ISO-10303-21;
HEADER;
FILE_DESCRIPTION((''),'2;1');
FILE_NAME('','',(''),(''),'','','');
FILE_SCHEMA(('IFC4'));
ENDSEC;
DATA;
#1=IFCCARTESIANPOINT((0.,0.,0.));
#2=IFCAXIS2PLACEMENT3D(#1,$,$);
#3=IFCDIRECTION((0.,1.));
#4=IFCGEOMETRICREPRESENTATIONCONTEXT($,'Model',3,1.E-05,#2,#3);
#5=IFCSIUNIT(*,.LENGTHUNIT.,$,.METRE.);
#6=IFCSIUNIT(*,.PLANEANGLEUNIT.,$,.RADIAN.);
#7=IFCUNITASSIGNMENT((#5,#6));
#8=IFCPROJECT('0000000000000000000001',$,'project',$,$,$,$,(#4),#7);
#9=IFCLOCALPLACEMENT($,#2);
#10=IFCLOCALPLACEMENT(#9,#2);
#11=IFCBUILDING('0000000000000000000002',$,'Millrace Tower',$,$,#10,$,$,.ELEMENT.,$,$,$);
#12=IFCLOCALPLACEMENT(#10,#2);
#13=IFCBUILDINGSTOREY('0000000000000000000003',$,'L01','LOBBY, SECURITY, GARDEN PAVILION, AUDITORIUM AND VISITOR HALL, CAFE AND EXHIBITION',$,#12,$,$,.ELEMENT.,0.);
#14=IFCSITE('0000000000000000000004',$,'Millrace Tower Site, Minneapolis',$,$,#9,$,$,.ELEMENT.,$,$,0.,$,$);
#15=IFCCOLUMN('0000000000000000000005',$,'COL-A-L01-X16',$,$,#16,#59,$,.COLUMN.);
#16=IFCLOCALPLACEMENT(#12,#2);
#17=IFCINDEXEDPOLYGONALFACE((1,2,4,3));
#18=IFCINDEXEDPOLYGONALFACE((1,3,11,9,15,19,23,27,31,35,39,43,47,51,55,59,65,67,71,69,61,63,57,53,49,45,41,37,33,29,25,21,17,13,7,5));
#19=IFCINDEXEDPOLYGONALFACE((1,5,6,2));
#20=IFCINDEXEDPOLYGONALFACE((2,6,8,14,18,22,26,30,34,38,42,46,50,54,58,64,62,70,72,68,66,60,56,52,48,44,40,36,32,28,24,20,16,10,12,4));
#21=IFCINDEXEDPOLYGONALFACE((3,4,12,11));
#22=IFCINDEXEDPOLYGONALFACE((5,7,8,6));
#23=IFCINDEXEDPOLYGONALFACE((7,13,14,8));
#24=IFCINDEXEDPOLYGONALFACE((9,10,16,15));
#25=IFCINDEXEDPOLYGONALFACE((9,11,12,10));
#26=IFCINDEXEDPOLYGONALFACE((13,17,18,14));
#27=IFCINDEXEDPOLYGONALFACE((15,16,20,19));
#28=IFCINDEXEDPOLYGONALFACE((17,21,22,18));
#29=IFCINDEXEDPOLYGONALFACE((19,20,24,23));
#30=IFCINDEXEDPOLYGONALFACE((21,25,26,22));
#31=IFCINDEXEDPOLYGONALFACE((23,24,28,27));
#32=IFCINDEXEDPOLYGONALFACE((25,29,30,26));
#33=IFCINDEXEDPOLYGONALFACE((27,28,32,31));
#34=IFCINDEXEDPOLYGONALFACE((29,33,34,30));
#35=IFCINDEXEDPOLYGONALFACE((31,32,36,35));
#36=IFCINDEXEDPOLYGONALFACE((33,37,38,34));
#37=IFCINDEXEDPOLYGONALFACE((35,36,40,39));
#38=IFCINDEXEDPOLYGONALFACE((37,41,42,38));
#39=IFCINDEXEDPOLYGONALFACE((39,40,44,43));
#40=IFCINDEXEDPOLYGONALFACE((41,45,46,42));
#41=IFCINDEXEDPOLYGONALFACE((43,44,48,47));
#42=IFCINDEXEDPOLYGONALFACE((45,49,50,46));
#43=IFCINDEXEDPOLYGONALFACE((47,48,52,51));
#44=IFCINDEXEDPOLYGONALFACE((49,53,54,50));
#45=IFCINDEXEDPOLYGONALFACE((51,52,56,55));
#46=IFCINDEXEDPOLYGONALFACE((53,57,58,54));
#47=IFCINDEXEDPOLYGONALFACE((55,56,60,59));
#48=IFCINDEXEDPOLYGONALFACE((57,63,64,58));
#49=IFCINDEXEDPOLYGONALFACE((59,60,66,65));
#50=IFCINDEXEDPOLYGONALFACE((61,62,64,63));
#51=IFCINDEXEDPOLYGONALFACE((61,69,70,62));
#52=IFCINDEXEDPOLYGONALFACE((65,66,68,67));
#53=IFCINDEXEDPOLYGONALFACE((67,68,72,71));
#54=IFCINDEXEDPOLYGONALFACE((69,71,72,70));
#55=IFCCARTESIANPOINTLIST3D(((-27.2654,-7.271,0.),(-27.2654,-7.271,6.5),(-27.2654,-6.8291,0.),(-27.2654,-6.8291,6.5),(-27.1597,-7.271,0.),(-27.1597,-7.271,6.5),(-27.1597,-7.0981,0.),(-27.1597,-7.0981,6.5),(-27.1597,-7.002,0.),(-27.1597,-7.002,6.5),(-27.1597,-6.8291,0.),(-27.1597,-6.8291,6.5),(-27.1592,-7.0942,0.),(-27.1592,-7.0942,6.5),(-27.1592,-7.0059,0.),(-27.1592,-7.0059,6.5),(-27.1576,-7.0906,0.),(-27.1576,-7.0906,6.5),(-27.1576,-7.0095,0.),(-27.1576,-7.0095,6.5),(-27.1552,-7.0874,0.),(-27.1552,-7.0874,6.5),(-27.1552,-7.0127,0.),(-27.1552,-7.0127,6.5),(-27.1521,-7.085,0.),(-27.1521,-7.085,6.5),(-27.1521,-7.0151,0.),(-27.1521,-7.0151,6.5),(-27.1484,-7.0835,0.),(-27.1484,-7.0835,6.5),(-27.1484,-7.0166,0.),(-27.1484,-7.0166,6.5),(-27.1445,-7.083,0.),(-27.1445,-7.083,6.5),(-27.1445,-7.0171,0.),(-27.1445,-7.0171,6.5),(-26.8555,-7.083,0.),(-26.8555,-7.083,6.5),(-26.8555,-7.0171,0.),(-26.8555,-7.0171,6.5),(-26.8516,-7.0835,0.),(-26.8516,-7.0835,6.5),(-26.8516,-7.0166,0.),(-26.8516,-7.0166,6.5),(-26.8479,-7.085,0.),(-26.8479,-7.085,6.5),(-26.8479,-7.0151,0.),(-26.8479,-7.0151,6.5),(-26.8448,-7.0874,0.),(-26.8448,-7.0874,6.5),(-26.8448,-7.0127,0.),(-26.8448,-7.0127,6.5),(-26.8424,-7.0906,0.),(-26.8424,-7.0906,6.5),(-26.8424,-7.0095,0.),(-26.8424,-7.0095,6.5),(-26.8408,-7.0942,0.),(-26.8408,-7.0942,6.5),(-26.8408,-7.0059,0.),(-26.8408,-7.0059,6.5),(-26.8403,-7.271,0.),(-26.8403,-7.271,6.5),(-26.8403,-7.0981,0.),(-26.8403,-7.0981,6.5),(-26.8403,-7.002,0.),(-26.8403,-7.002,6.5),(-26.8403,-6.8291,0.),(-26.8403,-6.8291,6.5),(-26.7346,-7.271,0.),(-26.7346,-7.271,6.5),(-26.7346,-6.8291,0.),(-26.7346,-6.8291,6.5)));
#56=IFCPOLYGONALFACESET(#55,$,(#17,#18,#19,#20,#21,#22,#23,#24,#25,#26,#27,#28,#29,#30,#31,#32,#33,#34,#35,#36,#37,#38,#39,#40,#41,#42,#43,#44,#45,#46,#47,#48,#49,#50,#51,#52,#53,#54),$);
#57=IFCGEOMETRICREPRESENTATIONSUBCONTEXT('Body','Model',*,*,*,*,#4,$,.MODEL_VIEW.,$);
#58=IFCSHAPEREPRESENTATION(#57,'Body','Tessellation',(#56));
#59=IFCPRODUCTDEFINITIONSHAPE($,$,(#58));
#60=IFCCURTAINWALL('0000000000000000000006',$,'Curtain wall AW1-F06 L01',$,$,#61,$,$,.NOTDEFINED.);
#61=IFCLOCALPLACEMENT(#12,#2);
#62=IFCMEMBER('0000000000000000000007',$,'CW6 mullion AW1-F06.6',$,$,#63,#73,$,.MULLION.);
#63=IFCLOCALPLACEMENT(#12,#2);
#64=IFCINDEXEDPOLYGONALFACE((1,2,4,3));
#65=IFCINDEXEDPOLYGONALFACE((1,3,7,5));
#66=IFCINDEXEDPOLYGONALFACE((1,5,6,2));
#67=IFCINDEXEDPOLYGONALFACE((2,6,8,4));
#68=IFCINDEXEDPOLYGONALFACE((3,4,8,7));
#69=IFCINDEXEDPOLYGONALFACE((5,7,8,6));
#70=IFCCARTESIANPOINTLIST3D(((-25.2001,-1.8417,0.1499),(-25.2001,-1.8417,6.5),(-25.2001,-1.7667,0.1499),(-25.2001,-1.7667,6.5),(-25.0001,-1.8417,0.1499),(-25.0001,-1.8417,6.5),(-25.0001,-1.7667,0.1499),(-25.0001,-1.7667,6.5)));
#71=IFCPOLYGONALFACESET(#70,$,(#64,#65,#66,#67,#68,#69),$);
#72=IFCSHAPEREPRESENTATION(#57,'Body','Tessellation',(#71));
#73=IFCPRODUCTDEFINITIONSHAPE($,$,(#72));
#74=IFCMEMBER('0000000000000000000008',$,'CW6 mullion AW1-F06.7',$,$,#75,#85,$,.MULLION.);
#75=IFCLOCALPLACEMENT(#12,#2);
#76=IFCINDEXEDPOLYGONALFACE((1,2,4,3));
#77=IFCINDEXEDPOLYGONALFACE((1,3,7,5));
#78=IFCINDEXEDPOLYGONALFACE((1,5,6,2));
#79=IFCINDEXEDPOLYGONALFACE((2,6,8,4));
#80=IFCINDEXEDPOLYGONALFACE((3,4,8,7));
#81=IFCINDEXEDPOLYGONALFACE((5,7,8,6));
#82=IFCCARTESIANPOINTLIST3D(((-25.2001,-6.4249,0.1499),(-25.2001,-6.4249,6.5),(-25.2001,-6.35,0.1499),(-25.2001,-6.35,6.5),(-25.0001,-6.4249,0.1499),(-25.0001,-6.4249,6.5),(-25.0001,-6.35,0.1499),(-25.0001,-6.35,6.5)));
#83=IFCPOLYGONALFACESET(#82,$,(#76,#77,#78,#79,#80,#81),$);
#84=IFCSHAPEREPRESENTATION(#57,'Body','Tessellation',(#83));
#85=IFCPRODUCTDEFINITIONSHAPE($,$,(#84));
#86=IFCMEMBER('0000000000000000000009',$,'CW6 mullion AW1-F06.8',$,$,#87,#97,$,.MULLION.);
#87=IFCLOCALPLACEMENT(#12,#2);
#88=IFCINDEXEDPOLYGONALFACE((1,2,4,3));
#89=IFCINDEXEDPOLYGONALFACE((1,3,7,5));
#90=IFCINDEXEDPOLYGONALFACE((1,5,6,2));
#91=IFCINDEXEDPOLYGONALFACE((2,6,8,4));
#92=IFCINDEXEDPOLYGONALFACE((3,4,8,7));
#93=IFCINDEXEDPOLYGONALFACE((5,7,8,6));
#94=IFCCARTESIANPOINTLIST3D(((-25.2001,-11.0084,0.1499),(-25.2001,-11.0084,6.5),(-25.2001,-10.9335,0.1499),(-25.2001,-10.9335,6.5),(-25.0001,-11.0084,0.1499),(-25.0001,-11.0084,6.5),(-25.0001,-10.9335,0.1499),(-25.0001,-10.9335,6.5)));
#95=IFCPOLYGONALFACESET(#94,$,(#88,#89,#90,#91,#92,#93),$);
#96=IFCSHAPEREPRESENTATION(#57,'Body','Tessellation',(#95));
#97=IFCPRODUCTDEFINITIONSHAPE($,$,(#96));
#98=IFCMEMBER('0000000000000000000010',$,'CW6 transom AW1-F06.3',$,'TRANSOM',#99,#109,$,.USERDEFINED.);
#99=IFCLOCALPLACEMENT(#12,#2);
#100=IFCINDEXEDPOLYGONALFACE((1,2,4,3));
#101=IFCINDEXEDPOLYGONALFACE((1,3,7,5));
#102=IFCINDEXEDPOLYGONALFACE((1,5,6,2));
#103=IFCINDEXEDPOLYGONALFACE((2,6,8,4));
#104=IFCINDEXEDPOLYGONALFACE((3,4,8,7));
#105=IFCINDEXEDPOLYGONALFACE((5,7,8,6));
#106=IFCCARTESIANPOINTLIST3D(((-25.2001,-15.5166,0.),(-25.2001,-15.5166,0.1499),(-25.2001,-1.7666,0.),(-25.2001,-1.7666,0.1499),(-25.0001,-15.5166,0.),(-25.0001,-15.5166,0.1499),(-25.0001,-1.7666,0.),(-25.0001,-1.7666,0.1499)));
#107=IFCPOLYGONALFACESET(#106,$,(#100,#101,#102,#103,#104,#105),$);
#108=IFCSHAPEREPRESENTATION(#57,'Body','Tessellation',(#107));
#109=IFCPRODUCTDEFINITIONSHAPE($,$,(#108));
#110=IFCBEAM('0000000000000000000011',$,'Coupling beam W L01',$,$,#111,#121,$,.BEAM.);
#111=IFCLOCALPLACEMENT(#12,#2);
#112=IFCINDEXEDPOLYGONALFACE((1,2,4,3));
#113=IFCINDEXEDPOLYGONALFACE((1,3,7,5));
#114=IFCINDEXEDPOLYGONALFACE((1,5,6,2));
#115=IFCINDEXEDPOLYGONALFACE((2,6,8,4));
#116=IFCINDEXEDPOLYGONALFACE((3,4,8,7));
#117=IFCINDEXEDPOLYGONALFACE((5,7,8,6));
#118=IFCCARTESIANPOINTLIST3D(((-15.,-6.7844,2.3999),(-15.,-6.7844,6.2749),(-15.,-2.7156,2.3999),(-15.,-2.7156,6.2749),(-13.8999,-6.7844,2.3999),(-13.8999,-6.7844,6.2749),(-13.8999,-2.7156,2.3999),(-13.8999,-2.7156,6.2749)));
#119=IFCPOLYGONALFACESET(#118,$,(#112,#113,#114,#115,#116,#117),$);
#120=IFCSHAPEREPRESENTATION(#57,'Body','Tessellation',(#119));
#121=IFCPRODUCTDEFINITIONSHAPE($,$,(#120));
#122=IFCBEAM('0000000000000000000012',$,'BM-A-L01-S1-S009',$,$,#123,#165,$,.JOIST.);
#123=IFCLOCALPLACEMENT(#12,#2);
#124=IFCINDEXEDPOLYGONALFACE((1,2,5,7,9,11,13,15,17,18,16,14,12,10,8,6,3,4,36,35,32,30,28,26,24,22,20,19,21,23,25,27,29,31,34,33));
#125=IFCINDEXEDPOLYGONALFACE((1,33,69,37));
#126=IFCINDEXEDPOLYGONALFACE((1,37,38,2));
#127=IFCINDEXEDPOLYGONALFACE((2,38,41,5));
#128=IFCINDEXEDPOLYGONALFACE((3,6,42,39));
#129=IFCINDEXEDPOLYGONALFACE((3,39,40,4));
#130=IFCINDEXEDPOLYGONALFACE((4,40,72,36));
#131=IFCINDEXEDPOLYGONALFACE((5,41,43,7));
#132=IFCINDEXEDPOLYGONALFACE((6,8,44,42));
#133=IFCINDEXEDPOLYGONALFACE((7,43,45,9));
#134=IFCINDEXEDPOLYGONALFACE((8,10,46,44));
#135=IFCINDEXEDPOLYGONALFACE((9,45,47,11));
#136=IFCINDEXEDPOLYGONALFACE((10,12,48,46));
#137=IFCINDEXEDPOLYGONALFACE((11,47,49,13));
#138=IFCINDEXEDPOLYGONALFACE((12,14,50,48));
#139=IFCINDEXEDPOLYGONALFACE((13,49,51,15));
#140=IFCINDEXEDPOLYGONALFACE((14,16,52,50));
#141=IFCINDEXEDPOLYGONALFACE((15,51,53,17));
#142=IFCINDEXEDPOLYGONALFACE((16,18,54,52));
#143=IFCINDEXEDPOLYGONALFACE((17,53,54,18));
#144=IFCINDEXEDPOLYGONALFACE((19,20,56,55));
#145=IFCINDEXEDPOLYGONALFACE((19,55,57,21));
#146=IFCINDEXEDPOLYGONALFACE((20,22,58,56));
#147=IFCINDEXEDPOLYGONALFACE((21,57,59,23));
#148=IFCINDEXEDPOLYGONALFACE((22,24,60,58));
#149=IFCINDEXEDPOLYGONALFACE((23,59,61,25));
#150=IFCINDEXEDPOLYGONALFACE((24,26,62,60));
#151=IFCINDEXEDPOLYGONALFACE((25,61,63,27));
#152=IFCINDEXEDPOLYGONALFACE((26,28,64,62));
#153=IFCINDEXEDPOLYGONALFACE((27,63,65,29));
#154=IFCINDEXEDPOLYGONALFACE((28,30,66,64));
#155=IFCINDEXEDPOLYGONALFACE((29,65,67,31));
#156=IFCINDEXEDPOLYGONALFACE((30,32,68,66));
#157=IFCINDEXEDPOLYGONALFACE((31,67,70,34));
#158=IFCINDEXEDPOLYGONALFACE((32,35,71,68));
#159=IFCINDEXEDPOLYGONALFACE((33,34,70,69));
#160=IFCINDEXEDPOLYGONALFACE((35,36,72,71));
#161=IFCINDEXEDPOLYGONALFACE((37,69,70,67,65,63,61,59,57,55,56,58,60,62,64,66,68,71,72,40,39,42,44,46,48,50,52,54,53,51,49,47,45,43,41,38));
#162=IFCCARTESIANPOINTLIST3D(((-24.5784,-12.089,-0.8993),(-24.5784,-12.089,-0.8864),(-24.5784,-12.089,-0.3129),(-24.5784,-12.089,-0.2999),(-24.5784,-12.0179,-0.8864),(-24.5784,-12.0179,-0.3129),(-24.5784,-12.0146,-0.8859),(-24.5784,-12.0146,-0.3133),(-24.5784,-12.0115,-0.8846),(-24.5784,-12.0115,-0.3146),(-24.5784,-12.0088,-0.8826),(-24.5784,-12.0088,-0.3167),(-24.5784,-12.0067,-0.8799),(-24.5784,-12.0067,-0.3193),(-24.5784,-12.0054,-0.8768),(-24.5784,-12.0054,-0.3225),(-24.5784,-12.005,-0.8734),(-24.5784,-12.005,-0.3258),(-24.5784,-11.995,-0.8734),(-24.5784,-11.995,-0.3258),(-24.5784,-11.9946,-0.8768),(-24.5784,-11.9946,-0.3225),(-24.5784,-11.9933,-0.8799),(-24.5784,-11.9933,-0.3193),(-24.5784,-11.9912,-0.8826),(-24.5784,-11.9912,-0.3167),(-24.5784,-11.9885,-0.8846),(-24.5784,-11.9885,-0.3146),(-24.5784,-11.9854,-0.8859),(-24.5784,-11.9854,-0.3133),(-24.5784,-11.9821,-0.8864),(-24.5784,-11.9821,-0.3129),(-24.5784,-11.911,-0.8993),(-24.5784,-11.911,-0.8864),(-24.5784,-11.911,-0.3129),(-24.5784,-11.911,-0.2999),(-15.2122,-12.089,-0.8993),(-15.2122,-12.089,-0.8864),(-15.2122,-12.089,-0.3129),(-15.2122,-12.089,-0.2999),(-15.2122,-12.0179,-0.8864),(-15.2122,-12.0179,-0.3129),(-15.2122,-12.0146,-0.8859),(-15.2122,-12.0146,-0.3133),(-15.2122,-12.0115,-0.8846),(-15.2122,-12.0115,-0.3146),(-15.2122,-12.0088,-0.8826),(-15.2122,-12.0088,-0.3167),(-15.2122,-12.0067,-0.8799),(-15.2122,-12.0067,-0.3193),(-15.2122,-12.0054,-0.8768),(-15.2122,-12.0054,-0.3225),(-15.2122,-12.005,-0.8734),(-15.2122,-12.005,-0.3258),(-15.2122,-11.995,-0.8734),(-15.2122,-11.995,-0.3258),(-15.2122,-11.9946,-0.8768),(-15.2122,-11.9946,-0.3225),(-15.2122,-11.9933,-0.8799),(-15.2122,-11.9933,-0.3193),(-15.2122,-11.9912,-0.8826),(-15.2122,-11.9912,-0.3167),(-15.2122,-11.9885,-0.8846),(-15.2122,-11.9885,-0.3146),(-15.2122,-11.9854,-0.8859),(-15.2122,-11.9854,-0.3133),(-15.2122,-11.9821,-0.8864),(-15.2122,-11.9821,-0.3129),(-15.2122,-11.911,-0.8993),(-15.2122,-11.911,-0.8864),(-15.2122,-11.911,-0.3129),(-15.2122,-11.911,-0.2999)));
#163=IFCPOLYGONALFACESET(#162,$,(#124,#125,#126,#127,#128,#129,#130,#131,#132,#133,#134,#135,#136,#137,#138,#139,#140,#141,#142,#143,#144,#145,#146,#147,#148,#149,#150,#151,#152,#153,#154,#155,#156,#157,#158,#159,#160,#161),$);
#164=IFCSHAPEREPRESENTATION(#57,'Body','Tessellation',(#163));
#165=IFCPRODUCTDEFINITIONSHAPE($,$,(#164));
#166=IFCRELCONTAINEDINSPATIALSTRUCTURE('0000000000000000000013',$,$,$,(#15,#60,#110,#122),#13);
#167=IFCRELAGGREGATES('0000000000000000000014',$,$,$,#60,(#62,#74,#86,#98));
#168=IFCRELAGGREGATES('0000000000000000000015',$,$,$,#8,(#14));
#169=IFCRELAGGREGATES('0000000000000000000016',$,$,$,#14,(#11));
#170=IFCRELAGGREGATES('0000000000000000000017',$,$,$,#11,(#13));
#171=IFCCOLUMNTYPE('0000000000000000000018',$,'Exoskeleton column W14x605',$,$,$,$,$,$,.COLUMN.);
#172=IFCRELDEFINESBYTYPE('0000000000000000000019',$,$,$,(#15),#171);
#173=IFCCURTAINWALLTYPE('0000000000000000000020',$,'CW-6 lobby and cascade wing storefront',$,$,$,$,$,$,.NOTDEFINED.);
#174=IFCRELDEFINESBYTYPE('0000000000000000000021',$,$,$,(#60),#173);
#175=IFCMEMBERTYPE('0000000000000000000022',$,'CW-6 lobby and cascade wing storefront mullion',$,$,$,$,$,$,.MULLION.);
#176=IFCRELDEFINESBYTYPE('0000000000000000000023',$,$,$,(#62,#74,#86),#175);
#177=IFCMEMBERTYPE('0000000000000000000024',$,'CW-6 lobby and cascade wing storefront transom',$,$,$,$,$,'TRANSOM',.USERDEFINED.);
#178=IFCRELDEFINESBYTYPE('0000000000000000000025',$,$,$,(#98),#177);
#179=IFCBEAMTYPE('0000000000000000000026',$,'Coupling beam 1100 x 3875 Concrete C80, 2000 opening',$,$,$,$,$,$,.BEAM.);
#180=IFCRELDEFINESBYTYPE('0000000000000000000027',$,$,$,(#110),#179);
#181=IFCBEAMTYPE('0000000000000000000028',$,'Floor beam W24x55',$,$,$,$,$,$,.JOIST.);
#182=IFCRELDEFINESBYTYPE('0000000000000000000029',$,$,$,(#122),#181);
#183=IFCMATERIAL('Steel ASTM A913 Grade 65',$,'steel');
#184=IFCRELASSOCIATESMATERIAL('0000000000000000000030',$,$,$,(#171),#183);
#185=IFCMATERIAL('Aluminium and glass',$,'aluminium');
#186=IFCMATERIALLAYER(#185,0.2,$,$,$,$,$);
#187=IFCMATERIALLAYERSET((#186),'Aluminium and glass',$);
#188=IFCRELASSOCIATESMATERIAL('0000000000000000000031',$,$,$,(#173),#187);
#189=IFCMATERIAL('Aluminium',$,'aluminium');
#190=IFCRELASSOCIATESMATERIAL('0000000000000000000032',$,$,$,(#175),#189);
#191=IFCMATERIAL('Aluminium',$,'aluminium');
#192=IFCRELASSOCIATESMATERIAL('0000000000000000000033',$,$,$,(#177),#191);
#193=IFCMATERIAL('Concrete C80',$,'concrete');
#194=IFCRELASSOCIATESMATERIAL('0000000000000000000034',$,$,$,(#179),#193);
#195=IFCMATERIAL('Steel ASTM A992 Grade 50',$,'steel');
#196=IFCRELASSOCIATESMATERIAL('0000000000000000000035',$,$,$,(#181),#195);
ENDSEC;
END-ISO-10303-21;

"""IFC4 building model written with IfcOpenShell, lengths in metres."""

from ifc_helpers import new_model, si_unit, direction, frame, origin, origin_2d, place, context, subcontext, project, spatial, rectangle, i_section, extrude, material, layer, layer_set, material_profile, profile_set, type_object, element, aggregate, save


model = new_model("IFC4")

# Units and contexts
model_context = context("Model", 3, precision=1e-05, world=origin(), true_north=direction((0.0, 1.0)))
body_context = subcontext(model_context, "Body", "Model", "MODEL_VIEW")
ifc_project = project(units=[si_unit("LENGTHUNIT", "METRE"), si_unit("PLANEANGLEUNIT", "RADIAN")], contexts=[model_context])

# Site, building, storey
site_placement = place(None, origin())
site = spatial("IfcSite", under=ifc_project, at=site_placement, Name="Millrace Tower Site, Minneapolis", CompositionType="ELEMENT", RefElevation=0.0)
building_placement = place(site_placement, origin())
building = spatial("IfcBuilding", under=site, at=building_placement, Name="Millrace Tower", CompositionType="ELEMENT")
storey_placement = place(building_placement, origin())
storey = spatial("IfcBuildingStorey", under=building, at=storey_placement, Name="L01", Description="LOBBY, SECURITY, GARDEN PAVILION, AUDITORIUM AND VISITOR HALL, CAFE AND EXHIBITION", CompositionType="ELEMENT", Elevation=0.0)

# Column
ifc_material_1 = material(Name="Steel ASTM A913 Grade 65", Category="steel")
ifc_material_profile_1 = material_profile(ifc_material_1, i_section(OverallWidth=0.4419, OverallDepth=0.5308, WebThickness=0.0659, FlangeThickness=0.1057, FilletRadius=0.0151, at=origin_2d()))
ifc_profile_set_1 = profile_set([ifc_material_profile_1], Name="Steel ASTM A913 Grade 65")
column_type = type_object("IfcColumnType", Name="Exoskeleton column W14x605", PredefinedType="COLUMN", material=ifc_profile_set_1)
column_placement = place(storey_placement, frame((-27.0, -7.05, 0.0), z_axis=(0.0, 0.0, 1.0), x_axis=(0.0, -1.0, 0.0)))
element("IfcColumn", 1, at=column_placement, inside=storey, type_object=column_type, Name="COL-A-L01-X16", PredefinedType="COLUMN", context=body_context, shape_type="SweptSolid", body=[
    extrude(i_section(OverallWidth=0.4419, OverallDepth=0.5308, WebThickness=0.0659, FlangeThickness=0.1057, FilletRadius=0.0151, at=origin_2d()), origin(), (0.0, 0.0, 1.0), 6.5),
])

# Curtain wall, members
ifc_material_2 = material(Name="Aluminium and glass", Category="aluminium")
ifc_layer_1 = layer(ifc_material_2, 0.2)
ifc_layer_set_1 = layer_set([ifc_layer_1], Name="Aluminium and glass")
curtain_wall_type = type_object("IfcCurtainWallType", Name="CW-6 lobby and cascade wing storefront", PredefinedType="NOTDEFINED", material=ifc_layer_set_1)
curtain_wall_placement = place(storey_placement, origin())
curtain_wall = element("IfcCurtainWall", 2, at=curtain_wall_placement, inside=storey, type_object=curtain_wall_type, Name="Curtain wall AW1-F06 L01", PredefinedType="NOTDEFINED")
ifc_material_3 = material(Name="Aluminium", Category="aluminium")
ifc_material_profile_2 = material_profile(ifc_material_3, rectangle(XDim=0.075, YDim=0.2, at=origin_2d()))
ifc_profile_set_2 = profile_set([ifc_material_profile_2], Name="Aluminium")
member_type_1 = type_object("IfcMemberType", Name="CW-6 lobby and cascade wing storefront mullion", PredefinedType="MULLION", material=ifc_profile_set_2)
member_1_placement = place(storey_placement, frame((-25.1001, -1.8042, 0.1499), z_axis=(0.0, 0.0, 1.0), x_axis=(0.0, -1.0, 0.0)))
member_1 = element("IfcMember", 3, at=member_1_placement, type_object=member_type_1, Name="CW6 mullion AW1-F06.6", PredefinedType="MULLION", context=body_context, shape_type="SweptSolid", body=[
    extrude(rectangle(XDim=0.075, YDim=0.2, at=origin_2d()), origin(), (0.0, 0.0, 1.0), 6.3501),
])
member_2_placement = place(storey_placement, frame((-25.1001, -6.3875, 0.1499), z_axis=(0.0, 0.0, 1.0), x_axis=(0.0, -1.0, 0.0)))
member_2 = element("IfcMember", 4, at=member_2_placement, type_object=member_type_1, Name="CW6 mullion AW1-F06.7", PredefinedType="MULLION", context=body_context, shape_type="SweptSolid", body=[
    extrude(rectangle(XDim=0.075, YDim=0.2, at=origin_2d()), origin(), (0.0, 0.0, 1.0), 6.3501),
])
member_3_placement = place(storey_placement, frame((-25.1001, -10.9709, 0.1499), z_axis=(0.0, 0.0, 1.0), x_axis=(0.0, -1.0, 0.0)))
member_3 = element("IfcMember", 5, at=member_3_placement, type_object=member_type_1, Name="CW6 mullion AW1-F06.8", PredefinedType="MULLION", context=body_context, shape_type="SweptSolid", body=[
    extrude(rectangle(XDim=0.075, YDim=0.2, at=origin_2d()), origin(), (0.0, 0.0, 1.0), 6.3501),
])
ifc_material_4 = material(Name="Aluminium", Category="aluminium")
ifc_material_profile_3 = material_profile(ifc_material_4, rectangle(XDim=0.2, YDim=0.1499, at=origin_2d()))
ifc_profile_set_3 = profile_set([ifc_material_profile_3], Name="Aluminium")
member_type_2 = type_object("IfcMemberType", Name="CW-6 lobby and cascade wing storefront transom", ElementType="TRANSOM", PredefinedType="USERDEFINED", material=ifc_profile_set_3)
member_4_placement = place(storey_placement, frame((-25.1001, -1.7666, 0.075), z_axis=(0.0, -1.0, 0.0), x_axis=(1.0, 0.0, 0.0)))
member_4 = element("IfcMember", 6, at=member_4_placement, type_object=member_type_2, Name="CW6 transom AW1-F06.3", ObjectType="TRANSOM", PredefinedType="USERDEFINED", context=body_context, shape_type="SweptSolid", body=[
    extrude(rectangle(XDim=0.2, YDim=0.1499, at=origin_2d()), origin(), (0.0, 0.0, 1.0), 13.75),
])
aggregate(curtain_wall, [member_1, member_2, member_3, member_4])

# Beams
ifc_material_5 = material(Name="Concrete C80", Category="concrete")
ifc_material_profile_4 = material_profile(ifc_material_5, rectangle(XDim=1.1001, YDim=3.875, at=origin_2d()))
ifc_profile_set_4 = profile_set([ifc_material_profile_4], Name="Concrete C80")
beam_type_1 = type_object("IfcBeamType", Name="Coupling beam 1100 x 3875 Concrete C80, 2000 opening", PredefinedType="BEAM", material=ifc_profile_set_4)
beam_1_placement = place(storey_placement, frame((-14.45, -6.7844, 4.3374), z_axis=(0.0, 1.0, 0.0), x_axis=(-1.0, 0.0, 0.0)))
element("IfcBeam", 7, at=beam_1_placement, inside=storey, type_object=beam_type_1, Name="Coupling beam W L01", PredefinedType="BEAM", context=body_context, shape_type="SweptSolid", body=[
    extrude(rectangle(XDim=1.1001, YDim=3.875, at=origin_2d()), origin(), (0.0, 0.0, 1.0), 4.0688),
])
ifc_material_6 = material(Name="Steel ASTM A992 Grade 50", Category="steel")
ifc_material_profile_5 = material_profile(ifc_material_6, i_section(OverallWidth=0.178, OverallDepth=0.5994, WebThickness=0.01, FlangeThickness=0.0129, FilletRadius=0.0129, at=origin_2d()))
ifc_profile_set_5 = profile_set([ifc_material_profile_5], Name="Steel ASTM A992 Grade 50")
beam_type_2 = type_object("IfcBeamType", Name="Floor beam W24x55", PredefinedType="JOIST", material=ifc_profile_set_5)
beam_2_placement = place(storey_placement, frame((-24.5784, -12.0, -0.5996), z_axis=(1.0, 0.0, 0.0), x_axis=(0.0, 1.0, 0.0)))
element("IfcBeam", 8, at=beam_2_placement, inside=storey, type_object=beam_type_2, Name="BM-A-L01-S1-S009", PredefinedType="JOIST", context=body_context, shape_type="SweptSolid", body=[
    extrude(i_section(OverallWidth=0.178, OverallDepth=0.5994, WebThickness=0.01, FlangeThickness=0.0129, FilletRadius=0.0129, at=origin_2d()), origin(), (0.0, 0.0, 1.0), 9.3662),
])

save(model, "model.ifc")
